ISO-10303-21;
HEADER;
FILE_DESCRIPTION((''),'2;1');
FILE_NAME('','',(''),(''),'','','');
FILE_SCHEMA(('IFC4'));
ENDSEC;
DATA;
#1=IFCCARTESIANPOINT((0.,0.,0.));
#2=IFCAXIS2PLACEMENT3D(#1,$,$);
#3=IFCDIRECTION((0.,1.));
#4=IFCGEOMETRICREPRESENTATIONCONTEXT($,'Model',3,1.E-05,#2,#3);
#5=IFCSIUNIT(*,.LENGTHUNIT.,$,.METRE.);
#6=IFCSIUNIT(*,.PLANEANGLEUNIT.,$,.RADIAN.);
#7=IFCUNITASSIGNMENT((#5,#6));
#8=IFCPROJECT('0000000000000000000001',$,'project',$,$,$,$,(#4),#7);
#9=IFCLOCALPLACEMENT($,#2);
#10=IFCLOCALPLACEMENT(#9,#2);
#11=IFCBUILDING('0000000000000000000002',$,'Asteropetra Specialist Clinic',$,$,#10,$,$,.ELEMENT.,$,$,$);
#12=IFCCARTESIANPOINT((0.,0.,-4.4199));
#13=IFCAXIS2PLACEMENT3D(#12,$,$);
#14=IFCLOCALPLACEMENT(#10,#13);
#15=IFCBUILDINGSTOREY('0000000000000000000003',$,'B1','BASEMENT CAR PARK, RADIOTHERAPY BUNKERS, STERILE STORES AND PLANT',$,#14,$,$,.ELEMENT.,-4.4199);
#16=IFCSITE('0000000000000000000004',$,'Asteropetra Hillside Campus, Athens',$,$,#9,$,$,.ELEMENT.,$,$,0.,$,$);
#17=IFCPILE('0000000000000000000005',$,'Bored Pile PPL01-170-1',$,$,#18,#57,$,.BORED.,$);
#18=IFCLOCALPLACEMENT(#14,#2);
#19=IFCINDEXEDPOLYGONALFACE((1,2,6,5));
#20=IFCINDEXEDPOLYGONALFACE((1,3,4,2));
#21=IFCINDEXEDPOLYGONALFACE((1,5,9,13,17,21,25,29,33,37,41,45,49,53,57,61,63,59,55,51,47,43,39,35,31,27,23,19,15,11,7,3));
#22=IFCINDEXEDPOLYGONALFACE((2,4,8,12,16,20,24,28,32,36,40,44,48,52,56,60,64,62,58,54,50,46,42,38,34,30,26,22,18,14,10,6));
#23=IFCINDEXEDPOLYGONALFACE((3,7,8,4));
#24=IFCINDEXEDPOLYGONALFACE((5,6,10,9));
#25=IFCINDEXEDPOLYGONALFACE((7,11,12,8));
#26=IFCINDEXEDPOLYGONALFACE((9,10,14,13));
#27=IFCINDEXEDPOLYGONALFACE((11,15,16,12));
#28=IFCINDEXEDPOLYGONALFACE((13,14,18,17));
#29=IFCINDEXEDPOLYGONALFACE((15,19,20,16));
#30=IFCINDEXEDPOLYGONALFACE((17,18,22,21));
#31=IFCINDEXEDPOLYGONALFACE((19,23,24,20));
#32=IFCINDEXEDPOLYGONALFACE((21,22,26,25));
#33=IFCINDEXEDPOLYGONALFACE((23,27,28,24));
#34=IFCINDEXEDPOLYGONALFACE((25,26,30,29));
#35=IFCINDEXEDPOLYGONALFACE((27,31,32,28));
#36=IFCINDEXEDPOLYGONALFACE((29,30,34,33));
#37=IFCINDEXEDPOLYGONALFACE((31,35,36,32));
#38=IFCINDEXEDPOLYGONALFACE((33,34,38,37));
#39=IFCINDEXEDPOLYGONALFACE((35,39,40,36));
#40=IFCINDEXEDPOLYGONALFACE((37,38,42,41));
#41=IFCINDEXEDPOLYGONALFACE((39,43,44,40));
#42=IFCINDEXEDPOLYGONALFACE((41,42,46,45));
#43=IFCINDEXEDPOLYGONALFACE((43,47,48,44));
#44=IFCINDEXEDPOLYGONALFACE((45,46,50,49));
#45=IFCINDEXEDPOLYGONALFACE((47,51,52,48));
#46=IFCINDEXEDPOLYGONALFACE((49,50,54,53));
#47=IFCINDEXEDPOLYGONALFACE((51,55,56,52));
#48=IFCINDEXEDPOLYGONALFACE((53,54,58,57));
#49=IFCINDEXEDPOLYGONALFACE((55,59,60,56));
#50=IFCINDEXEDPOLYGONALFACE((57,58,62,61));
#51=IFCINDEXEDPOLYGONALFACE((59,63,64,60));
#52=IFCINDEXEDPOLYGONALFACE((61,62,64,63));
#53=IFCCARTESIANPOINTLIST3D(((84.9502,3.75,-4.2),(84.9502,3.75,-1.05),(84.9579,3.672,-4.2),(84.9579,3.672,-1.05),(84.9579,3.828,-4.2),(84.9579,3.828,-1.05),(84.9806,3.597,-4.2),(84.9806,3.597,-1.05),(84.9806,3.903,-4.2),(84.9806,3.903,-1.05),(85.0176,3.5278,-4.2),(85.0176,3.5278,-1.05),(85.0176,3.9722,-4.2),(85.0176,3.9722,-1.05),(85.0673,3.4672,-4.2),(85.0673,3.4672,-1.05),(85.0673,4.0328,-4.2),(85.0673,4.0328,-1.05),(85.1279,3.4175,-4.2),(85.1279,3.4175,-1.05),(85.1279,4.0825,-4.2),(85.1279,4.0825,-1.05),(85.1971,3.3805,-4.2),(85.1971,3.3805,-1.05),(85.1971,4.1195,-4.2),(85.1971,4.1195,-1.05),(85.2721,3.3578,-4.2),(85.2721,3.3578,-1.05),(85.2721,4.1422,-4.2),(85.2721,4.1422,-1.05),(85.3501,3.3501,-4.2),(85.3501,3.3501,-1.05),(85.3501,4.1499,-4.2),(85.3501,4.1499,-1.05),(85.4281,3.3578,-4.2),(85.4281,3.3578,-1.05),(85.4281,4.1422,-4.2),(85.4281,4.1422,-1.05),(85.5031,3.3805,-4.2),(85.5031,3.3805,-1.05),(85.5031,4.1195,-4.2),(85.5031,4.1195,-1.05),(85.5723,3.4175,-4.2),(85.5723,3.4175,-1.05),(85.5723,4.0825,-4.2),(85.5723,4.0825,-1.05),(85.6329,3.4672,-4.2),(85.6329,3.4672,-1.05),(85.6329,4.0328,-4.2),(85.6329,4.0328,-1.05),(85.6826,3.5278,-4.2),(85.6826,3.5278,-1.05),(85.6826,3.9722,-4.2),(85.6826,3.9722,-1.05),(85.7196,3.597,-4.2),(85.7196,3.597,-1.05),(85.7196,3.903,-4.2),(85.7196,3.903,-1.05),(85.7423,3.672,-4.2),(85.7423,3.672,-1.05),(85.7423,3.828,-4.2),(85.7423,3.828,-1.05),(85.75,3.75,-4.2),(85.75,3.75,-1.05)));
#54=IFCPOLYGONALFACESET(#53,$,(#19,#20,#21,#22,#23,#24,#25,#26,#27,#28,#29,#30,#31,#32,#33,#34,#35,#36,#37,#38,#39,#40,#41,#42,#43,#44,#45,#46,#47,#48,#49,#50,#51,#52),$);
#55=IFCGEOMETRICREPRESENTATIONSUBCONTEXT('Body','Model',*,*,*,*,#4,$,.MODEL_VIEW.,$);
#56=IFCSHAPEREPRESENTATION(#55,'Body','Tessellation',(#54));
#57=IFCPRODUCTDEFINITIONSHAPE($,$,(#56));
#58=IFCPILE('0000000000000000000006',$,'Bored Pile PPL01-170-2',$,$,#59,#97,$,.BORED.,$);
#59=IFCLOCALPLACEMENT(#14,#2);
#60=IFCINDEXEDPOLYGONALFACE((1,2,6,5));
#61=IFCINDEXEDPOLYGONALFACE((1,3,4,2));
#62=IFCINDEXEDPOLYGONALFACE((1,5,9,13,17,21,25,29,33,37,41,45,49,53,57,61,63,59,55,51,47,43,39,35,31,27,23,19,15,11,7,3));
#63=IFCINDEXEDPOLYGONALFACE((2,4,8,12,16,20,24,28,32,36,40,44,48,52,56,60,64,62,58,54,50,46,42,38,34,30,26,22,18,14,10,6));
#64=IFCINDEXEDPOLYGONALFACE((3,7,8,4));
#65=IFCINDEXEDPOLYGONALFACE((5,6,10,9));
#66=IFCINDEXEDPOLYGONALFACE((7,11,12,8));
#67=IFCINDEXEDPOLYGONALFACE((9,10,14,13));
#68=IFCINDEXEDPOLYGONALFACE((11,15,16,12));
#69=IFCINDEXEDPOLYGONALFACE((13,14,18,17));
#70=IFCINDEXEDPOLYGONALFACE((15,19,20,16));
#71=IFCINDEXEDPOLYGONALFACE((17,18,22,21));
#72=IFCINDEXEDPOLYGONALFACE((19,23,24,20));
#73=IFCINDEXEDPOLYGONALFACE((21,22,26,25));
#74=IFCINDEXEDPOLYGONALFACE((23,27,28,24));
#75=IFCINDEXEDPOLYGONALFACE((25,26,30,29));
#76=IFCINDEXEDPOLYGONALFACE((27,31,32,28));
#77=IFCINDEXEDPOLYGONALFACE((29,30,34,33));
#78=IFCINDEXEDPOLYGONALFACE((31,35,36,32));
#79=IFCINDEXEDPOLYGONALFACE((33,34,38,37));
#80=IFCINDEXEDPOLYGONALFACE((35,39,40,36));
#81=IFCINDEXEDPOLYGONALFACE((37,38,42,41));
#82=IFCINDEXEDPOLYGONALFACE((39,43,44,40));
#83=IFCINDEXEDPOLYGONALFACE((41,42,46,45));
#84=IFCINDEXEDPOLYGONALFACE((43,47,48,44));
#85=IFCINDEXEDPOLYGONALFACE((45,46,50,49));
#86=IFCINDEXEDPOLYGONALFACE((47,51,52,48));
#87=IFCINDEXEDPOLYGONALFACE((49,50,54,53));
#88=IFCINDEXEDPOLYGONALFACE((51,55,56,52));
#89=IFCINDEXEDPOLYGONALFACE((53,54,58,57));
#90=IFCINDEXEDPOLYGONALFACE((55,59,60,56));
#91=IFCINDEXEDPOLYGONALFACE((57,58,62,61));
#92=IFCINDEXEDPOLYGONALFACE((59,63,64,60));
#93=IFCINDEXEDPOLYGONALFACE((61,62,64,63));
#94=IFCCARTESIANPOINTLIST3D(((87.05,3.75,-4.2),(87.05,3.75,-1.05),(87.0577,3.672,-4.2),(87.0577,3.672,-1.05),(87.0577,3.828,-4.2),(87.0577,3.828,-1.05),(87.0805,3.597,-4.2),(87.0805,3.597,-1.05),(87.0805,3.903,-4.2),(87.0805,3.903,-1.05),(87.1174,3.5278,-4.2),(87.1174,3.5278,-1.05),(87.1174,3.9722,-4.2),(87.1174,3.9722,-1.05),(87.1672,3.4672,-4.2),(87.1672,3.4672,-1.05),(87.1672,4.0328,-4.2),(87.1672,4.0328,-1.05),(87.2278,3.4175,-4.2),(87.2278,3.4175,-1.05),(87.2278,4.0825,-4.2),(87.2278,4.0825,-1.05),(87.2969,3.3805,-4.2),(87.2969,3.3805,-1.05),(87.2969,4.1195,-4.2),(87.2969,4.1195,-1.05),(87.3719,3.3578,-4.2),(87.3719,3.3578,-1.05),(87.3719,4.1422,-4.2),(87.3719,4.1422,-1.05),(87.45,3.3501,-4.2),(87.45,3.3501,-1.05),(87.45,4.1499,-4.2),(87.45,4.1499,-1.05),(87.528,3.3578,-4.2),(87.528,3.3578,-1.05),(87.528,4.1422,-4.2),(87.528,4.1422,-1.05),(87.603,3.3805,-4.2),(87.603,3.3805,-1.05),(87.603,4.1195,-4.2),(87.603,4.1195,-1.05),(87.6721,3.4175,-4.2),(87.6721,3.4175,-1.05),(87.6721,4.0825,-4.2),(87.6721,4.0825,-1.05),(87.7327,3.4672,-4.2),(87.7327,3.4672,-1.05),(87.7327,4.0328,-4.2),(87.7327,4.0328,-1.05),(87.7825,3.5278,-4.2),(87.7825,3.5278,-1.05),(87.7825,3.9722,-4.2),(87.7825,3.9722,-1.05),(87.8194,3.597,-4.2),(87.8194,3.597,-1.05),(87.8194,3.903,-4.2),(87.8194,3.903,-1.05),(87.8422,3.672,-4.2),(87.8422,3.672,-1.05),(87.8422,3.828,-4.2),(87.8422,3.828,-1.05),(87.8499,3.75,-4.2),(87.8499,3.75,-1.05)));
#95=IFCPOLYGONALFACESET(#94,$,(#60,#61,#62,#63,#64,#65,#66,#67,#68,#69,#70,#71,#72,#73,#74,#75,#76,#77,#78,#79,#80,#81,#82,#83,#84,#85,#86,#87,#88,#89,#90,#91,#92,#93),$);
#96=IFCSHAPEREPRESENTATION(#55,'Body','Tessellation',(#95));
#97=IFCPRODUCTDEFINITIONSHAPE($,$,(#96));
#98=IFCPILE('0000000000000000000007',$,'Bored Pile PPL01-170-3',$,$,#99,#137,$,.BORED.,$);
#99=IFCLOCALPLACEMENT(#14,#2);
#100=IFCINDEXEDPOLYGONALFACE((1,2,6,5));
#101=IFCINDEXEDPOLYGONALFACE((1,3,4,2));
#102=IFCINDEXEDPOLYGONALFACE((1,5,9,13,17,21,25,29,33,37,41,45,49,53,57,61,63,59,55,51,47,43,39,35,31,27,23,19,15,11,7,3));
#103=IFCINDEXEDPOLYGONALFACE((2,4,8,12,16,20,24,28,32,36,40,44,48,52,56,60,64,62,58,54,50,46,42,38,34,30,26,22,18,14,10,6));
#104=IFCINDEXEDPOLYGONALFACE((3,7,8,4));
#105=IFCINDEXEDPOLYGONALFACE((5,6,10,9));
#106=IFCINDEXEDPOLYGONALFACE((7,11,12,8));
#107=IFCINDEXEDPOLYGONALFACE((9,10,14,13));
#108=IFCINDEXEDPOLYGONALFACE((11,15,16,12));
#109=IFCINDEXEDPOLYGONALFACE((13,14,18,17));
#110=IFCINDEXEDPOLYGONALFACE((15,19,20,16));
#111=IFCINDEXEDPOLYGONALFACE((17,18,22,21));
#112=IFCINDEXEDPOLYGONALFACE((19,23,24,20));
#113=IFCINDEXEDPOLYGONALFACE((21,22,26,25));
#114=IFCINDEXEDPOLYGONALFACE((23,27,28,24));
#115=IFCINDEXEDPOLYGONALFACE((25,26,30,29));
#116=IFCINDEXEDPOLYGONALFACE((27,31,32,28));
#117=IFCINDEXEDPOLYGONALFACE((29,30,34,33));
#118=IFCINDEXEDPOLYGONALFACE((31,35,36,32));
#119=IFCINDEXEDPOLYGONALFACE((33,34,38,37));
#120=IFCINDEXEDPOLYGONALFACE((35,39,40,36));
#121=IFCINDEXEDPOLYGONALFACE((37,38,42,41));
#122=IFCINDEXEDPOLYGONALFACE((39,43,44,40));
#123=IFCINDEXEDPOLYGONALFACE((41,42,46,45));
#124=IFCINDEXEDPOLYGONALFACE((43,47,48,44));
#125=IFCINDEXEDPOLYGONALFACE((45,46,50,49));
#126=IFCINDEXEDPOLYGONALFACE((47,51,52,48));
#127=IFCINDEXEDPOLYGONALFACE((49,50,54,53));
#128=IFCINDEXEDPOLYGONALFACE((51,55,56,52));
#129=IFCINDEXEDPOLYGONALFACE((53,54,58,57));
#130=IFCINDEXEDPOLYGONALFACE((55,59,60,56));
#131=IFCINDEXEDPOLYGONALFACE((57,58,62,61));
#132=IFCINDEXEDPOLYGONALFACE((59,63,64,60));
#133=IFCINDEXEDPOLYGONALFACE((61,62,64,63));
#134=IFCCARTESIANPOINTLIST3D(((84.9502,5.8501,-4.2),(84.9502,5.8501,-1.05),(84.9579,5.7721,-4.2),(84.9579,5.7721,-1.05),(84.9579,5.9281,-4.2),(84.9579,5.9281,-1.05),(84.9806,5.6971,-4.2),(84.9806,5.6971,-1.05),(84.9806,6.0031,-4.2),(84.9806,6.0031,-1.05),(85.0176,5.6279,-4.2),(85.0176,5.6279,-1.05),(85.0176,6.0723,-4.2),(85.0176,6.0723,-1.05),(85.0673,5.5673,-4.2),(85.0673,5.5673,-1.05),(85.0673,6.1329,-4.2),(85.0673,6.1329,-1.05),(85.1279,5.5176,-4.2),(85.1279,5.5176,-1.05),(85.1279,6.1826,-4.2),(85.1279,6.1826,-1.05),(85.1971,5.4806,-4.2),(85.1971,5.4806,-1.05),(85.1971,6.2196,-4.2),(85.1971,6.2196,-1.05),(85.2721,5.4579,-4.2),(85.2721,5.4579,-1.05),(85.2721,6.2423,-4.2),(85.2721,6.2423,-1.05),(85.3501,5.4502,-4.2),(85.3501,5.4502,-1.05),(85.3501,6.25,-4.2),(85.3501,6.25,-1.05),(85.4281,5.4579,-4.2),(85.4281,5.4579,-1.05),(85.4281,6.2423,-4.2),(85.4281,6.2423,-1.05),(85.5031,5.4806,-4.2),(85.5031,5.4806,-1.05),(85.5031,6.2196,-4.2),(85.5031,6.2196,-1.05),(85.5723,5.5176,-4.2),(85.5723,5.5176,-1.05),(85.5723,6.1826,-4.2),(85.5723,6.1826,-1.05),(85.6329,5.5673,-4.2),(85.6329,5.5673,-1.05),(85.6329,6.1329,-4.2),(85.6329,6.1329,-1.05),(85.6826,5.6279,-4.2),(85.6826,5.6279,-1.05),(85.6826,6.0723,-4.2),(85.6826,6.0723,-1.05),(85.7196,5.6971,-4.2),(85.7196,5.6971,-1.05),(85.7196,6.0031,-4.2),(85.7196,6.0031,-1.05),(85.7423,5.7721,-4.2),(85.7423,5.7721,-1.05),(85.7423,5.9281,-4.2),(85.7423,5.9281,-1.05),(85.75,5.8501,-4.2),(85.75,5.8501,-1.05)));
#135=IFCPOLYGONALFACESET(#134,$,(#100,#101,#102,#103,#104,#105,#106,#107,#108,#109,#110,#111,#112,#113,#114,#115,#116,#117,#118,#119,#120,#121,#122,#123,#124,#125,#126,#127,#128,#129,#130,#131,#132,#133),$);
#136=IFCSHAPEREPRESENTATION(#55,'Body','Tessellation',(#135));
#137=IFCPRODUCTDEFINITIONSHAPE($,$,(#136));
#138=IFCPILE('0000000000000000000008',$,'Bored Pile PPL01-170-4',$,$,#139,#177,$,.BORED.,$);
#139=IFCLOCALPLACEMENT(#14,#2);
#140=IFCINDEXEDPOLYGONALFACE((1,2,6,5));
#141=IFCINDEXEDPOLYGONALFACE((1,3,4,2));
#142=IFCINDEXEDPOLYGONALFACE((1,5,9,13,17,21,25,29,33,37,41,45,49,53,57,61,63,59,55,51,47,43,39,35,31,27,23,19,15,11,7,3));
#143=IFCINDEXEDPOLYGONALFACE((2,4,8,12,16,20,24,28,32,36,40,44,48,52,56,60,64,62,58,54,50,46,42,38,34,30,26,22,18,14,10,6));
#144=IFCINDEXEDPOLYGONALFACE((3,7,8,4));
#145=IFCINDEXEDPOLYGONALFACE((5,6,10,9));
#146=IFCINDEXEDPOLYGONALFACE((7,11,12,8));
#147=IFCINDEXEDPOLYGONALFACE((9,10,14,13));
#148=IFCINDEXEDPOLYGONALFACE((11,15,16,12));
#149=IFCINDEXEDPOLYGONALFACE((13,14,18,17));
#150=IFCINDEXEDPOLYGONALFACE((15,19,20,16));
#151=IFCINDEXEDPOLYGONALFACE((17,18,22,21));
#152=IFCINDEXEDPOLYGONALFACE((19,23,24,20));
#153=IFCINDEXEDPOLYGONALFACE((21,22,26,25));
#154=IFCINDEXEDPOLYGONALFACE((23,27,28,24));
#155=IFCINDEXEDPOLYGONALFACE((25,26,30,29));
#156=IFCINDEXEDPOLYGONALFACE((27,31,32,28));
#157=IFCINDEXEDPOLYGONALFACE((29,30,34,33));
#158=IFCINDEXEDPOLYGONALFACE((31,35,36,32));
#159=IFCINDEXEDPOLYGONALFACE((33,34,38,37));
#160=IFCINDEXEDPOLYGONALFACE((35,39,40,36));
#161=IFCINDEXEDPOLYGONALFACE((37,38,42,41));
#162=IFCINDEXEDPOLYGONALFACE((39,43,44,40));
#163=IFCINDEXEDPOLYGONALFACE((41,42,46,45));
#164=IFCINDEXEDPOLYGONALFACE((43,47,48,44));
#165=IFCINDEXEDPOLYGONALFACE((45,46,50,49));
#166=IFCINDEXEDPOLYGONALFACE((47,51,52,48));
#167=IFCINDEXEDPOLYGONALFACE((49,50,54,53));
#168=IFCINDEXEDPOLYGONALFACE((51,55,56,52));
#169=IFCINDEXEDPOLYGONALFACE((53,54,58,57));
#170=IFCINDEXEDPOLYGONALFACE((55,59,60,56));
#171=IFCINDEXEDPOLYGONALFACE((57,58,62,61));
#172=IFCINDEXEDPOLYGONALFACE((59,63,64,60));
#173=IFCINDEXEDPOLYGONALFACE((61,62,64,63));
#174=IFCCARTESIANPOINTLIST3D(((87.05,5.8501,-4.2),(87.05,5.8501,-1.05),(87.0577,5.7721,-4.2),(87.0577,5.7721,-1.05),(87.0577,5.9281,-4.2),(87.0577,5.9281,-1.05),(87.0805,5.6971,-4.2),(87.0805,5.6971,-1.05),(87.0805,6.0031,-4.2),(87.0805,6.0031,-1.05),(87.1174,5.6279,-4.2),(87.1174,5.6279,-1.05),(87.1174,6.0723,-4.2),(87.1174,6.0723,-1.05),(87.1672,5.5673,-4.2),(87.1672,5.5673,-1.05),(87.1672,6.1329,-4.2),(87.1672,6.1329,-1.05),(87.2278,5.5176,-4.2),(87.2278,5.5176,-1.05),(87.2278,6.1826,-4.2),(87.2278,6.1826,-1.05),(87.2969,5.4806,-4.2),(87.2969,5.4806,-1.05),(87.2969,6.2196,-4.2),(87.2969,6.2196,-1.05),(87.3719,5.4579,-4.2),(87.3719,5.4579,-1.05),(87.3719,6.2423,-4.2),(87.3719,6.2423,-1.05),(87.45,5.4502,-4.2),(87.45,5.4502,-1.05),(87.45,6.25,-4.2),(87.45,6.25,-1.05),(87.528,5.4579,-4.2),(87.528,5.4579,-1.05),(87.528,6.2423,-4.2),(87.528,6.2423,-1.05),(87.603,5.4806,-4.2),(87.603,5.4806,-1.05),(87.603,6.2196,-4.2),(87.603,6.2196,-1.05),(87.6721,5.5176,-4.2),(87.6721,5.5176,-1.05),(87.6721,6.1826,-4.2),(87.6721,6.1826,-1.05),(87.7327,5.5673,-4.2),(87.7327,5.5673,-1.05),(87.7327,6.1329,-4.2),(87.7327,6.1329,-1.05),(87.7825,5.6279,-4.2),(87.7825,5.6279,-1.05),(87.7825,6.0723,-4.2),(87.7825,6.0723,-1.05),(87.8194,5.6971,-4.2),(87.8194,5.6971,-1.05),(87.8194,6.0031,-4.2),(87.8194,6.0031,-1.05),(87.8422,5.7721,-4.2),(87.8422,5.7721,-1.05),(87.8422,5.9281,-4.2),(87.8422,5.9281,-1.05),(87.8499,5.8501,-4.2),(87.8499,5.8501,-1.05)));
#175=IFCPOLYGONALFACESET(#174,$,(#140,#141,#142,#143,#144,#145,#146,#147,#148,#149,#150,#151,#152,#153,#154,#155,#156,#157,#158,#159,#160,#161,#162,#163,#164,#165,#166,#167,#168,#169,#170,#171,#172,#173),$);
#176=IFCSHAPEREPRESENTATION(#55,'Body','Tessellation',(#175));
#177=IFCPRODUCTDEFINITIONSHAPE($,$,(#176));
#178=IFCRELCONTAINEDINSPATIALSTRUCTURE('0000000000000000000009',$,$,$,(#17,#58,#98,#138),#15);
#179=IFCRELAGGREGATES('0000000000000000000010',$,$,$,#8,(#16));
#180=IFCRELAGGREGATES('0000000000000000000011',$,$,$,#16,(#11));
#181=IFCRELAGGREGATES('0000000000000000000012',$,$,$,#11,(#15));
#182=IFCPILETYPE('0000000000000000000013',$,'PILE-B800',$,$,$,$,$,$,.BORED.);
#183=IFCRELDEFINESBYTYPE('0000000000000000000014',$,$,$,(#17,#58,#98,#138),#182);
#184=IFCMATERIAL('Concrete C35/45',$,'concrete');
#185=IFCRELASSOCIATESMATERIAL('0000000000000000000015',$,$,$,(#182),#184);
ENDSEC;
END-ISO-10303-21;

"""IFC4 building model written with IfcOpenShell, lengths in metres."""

from ifc_helpers import new_model, si_unit, direction, frame, origin, origin_2d, place, context, subcontext, project, spatial, circle, extrude, material, material_profile, profile_set, type_object, element, save


model = new_model("IFC4")

# Units and contexts
model_context = context("Model", 3, precision=1e-05, world=origin(), true_north=direction((0.0, 1.0)))
body_context = subcontext(model_context, "Body", "Model", "MODEL_VIEW")
ifc_project = project(units=[si_unit("LENGTHUNIT", "METRE"), si_unit("PLANEANGLEUNIT", "RADIAN")], contexts=[model_context])

# Site, building, storey
site_placement = place(None, origin())
site = spatial("IfcSite", under=ifc_project, at=site_placement, Name="Asteropetra Hillside Campus, Athens", CompositionType="ELEMENT", RefElevation=0.0)
building_placement = place(site_placement, origin())
building = spatial("IfcBuilding", under=site, at=building_placement, Name="Asteropetra Specialist Clinic", CompositionType="ELEMENT")
storey_placement = place(building_placement, frame((0.0, 0.0, -4.4199)))
storey = spatial("IfcBuildingStorey", under=building, at=storey_placement, Name="B1", Description="BASEMENT CAR PARK, RADIOTHERAPY BUNKERS, STERILE STORES AND PLANT", CompositionType="ELEMENT", Elevation=-4.4199)

# Piles
ifc_material_1 = material(Name="Concrete C35/45", Category="concrete")
ifc_material_profile_1 = material_profile(ifc_material_1, circle(Radius=0.3999, at=origin_2d()), Name="PILE D800")
ifc_profile_set_1 = profile_set([ifc_material_profile_1], Name="Concrete C35/45")
pile_type_1 = type_object("IfcPileType", Name="PILE-B800", PredefinedType="BORED", material=ifc_profile_set_1)
for number, where, z_axis, x_axis, name in (
    (1, (85.3501, 3.75, -1.05), (0.0, 0.0, -1.0), (1.0, 0.0, 0.0), "Bored Pile PPL01-170-1"),
    (2, (87.45, 3.75, -1.05), (0.0, 0.0, -1.0), (1.0, 0.0, 0.0), "Bored Pile PPL01-170-2"),
    (3, (85.3501, 5.8501, -1.05), (0.0, 0.0, -1.0), (1.0, 0.0, 0.0), "Bored Pile PPL01-170-3"),
    (4, (87.45, 5.8501, -1.05), (0.0, 0.0, -1.0), (1.0, 0.0, 0.0), "Bored Pile PPL01-170-4"),
):
    element("IfcPile", number, at=place(storey_placement, frame(where, z_axis=z_axis, x_axis=x_axis)), inside=storey, type_object=pile_type_1, Name=name, PredefinedType="BORED", context=body_context, shape_type="SweptSolid", body=[
        extrude(circle(Radius=0.3999, at=origin_2d()), origin(), (0.0, 0.0, 1.0), 3.1499),
    ])

save(model, "model.ifc")
